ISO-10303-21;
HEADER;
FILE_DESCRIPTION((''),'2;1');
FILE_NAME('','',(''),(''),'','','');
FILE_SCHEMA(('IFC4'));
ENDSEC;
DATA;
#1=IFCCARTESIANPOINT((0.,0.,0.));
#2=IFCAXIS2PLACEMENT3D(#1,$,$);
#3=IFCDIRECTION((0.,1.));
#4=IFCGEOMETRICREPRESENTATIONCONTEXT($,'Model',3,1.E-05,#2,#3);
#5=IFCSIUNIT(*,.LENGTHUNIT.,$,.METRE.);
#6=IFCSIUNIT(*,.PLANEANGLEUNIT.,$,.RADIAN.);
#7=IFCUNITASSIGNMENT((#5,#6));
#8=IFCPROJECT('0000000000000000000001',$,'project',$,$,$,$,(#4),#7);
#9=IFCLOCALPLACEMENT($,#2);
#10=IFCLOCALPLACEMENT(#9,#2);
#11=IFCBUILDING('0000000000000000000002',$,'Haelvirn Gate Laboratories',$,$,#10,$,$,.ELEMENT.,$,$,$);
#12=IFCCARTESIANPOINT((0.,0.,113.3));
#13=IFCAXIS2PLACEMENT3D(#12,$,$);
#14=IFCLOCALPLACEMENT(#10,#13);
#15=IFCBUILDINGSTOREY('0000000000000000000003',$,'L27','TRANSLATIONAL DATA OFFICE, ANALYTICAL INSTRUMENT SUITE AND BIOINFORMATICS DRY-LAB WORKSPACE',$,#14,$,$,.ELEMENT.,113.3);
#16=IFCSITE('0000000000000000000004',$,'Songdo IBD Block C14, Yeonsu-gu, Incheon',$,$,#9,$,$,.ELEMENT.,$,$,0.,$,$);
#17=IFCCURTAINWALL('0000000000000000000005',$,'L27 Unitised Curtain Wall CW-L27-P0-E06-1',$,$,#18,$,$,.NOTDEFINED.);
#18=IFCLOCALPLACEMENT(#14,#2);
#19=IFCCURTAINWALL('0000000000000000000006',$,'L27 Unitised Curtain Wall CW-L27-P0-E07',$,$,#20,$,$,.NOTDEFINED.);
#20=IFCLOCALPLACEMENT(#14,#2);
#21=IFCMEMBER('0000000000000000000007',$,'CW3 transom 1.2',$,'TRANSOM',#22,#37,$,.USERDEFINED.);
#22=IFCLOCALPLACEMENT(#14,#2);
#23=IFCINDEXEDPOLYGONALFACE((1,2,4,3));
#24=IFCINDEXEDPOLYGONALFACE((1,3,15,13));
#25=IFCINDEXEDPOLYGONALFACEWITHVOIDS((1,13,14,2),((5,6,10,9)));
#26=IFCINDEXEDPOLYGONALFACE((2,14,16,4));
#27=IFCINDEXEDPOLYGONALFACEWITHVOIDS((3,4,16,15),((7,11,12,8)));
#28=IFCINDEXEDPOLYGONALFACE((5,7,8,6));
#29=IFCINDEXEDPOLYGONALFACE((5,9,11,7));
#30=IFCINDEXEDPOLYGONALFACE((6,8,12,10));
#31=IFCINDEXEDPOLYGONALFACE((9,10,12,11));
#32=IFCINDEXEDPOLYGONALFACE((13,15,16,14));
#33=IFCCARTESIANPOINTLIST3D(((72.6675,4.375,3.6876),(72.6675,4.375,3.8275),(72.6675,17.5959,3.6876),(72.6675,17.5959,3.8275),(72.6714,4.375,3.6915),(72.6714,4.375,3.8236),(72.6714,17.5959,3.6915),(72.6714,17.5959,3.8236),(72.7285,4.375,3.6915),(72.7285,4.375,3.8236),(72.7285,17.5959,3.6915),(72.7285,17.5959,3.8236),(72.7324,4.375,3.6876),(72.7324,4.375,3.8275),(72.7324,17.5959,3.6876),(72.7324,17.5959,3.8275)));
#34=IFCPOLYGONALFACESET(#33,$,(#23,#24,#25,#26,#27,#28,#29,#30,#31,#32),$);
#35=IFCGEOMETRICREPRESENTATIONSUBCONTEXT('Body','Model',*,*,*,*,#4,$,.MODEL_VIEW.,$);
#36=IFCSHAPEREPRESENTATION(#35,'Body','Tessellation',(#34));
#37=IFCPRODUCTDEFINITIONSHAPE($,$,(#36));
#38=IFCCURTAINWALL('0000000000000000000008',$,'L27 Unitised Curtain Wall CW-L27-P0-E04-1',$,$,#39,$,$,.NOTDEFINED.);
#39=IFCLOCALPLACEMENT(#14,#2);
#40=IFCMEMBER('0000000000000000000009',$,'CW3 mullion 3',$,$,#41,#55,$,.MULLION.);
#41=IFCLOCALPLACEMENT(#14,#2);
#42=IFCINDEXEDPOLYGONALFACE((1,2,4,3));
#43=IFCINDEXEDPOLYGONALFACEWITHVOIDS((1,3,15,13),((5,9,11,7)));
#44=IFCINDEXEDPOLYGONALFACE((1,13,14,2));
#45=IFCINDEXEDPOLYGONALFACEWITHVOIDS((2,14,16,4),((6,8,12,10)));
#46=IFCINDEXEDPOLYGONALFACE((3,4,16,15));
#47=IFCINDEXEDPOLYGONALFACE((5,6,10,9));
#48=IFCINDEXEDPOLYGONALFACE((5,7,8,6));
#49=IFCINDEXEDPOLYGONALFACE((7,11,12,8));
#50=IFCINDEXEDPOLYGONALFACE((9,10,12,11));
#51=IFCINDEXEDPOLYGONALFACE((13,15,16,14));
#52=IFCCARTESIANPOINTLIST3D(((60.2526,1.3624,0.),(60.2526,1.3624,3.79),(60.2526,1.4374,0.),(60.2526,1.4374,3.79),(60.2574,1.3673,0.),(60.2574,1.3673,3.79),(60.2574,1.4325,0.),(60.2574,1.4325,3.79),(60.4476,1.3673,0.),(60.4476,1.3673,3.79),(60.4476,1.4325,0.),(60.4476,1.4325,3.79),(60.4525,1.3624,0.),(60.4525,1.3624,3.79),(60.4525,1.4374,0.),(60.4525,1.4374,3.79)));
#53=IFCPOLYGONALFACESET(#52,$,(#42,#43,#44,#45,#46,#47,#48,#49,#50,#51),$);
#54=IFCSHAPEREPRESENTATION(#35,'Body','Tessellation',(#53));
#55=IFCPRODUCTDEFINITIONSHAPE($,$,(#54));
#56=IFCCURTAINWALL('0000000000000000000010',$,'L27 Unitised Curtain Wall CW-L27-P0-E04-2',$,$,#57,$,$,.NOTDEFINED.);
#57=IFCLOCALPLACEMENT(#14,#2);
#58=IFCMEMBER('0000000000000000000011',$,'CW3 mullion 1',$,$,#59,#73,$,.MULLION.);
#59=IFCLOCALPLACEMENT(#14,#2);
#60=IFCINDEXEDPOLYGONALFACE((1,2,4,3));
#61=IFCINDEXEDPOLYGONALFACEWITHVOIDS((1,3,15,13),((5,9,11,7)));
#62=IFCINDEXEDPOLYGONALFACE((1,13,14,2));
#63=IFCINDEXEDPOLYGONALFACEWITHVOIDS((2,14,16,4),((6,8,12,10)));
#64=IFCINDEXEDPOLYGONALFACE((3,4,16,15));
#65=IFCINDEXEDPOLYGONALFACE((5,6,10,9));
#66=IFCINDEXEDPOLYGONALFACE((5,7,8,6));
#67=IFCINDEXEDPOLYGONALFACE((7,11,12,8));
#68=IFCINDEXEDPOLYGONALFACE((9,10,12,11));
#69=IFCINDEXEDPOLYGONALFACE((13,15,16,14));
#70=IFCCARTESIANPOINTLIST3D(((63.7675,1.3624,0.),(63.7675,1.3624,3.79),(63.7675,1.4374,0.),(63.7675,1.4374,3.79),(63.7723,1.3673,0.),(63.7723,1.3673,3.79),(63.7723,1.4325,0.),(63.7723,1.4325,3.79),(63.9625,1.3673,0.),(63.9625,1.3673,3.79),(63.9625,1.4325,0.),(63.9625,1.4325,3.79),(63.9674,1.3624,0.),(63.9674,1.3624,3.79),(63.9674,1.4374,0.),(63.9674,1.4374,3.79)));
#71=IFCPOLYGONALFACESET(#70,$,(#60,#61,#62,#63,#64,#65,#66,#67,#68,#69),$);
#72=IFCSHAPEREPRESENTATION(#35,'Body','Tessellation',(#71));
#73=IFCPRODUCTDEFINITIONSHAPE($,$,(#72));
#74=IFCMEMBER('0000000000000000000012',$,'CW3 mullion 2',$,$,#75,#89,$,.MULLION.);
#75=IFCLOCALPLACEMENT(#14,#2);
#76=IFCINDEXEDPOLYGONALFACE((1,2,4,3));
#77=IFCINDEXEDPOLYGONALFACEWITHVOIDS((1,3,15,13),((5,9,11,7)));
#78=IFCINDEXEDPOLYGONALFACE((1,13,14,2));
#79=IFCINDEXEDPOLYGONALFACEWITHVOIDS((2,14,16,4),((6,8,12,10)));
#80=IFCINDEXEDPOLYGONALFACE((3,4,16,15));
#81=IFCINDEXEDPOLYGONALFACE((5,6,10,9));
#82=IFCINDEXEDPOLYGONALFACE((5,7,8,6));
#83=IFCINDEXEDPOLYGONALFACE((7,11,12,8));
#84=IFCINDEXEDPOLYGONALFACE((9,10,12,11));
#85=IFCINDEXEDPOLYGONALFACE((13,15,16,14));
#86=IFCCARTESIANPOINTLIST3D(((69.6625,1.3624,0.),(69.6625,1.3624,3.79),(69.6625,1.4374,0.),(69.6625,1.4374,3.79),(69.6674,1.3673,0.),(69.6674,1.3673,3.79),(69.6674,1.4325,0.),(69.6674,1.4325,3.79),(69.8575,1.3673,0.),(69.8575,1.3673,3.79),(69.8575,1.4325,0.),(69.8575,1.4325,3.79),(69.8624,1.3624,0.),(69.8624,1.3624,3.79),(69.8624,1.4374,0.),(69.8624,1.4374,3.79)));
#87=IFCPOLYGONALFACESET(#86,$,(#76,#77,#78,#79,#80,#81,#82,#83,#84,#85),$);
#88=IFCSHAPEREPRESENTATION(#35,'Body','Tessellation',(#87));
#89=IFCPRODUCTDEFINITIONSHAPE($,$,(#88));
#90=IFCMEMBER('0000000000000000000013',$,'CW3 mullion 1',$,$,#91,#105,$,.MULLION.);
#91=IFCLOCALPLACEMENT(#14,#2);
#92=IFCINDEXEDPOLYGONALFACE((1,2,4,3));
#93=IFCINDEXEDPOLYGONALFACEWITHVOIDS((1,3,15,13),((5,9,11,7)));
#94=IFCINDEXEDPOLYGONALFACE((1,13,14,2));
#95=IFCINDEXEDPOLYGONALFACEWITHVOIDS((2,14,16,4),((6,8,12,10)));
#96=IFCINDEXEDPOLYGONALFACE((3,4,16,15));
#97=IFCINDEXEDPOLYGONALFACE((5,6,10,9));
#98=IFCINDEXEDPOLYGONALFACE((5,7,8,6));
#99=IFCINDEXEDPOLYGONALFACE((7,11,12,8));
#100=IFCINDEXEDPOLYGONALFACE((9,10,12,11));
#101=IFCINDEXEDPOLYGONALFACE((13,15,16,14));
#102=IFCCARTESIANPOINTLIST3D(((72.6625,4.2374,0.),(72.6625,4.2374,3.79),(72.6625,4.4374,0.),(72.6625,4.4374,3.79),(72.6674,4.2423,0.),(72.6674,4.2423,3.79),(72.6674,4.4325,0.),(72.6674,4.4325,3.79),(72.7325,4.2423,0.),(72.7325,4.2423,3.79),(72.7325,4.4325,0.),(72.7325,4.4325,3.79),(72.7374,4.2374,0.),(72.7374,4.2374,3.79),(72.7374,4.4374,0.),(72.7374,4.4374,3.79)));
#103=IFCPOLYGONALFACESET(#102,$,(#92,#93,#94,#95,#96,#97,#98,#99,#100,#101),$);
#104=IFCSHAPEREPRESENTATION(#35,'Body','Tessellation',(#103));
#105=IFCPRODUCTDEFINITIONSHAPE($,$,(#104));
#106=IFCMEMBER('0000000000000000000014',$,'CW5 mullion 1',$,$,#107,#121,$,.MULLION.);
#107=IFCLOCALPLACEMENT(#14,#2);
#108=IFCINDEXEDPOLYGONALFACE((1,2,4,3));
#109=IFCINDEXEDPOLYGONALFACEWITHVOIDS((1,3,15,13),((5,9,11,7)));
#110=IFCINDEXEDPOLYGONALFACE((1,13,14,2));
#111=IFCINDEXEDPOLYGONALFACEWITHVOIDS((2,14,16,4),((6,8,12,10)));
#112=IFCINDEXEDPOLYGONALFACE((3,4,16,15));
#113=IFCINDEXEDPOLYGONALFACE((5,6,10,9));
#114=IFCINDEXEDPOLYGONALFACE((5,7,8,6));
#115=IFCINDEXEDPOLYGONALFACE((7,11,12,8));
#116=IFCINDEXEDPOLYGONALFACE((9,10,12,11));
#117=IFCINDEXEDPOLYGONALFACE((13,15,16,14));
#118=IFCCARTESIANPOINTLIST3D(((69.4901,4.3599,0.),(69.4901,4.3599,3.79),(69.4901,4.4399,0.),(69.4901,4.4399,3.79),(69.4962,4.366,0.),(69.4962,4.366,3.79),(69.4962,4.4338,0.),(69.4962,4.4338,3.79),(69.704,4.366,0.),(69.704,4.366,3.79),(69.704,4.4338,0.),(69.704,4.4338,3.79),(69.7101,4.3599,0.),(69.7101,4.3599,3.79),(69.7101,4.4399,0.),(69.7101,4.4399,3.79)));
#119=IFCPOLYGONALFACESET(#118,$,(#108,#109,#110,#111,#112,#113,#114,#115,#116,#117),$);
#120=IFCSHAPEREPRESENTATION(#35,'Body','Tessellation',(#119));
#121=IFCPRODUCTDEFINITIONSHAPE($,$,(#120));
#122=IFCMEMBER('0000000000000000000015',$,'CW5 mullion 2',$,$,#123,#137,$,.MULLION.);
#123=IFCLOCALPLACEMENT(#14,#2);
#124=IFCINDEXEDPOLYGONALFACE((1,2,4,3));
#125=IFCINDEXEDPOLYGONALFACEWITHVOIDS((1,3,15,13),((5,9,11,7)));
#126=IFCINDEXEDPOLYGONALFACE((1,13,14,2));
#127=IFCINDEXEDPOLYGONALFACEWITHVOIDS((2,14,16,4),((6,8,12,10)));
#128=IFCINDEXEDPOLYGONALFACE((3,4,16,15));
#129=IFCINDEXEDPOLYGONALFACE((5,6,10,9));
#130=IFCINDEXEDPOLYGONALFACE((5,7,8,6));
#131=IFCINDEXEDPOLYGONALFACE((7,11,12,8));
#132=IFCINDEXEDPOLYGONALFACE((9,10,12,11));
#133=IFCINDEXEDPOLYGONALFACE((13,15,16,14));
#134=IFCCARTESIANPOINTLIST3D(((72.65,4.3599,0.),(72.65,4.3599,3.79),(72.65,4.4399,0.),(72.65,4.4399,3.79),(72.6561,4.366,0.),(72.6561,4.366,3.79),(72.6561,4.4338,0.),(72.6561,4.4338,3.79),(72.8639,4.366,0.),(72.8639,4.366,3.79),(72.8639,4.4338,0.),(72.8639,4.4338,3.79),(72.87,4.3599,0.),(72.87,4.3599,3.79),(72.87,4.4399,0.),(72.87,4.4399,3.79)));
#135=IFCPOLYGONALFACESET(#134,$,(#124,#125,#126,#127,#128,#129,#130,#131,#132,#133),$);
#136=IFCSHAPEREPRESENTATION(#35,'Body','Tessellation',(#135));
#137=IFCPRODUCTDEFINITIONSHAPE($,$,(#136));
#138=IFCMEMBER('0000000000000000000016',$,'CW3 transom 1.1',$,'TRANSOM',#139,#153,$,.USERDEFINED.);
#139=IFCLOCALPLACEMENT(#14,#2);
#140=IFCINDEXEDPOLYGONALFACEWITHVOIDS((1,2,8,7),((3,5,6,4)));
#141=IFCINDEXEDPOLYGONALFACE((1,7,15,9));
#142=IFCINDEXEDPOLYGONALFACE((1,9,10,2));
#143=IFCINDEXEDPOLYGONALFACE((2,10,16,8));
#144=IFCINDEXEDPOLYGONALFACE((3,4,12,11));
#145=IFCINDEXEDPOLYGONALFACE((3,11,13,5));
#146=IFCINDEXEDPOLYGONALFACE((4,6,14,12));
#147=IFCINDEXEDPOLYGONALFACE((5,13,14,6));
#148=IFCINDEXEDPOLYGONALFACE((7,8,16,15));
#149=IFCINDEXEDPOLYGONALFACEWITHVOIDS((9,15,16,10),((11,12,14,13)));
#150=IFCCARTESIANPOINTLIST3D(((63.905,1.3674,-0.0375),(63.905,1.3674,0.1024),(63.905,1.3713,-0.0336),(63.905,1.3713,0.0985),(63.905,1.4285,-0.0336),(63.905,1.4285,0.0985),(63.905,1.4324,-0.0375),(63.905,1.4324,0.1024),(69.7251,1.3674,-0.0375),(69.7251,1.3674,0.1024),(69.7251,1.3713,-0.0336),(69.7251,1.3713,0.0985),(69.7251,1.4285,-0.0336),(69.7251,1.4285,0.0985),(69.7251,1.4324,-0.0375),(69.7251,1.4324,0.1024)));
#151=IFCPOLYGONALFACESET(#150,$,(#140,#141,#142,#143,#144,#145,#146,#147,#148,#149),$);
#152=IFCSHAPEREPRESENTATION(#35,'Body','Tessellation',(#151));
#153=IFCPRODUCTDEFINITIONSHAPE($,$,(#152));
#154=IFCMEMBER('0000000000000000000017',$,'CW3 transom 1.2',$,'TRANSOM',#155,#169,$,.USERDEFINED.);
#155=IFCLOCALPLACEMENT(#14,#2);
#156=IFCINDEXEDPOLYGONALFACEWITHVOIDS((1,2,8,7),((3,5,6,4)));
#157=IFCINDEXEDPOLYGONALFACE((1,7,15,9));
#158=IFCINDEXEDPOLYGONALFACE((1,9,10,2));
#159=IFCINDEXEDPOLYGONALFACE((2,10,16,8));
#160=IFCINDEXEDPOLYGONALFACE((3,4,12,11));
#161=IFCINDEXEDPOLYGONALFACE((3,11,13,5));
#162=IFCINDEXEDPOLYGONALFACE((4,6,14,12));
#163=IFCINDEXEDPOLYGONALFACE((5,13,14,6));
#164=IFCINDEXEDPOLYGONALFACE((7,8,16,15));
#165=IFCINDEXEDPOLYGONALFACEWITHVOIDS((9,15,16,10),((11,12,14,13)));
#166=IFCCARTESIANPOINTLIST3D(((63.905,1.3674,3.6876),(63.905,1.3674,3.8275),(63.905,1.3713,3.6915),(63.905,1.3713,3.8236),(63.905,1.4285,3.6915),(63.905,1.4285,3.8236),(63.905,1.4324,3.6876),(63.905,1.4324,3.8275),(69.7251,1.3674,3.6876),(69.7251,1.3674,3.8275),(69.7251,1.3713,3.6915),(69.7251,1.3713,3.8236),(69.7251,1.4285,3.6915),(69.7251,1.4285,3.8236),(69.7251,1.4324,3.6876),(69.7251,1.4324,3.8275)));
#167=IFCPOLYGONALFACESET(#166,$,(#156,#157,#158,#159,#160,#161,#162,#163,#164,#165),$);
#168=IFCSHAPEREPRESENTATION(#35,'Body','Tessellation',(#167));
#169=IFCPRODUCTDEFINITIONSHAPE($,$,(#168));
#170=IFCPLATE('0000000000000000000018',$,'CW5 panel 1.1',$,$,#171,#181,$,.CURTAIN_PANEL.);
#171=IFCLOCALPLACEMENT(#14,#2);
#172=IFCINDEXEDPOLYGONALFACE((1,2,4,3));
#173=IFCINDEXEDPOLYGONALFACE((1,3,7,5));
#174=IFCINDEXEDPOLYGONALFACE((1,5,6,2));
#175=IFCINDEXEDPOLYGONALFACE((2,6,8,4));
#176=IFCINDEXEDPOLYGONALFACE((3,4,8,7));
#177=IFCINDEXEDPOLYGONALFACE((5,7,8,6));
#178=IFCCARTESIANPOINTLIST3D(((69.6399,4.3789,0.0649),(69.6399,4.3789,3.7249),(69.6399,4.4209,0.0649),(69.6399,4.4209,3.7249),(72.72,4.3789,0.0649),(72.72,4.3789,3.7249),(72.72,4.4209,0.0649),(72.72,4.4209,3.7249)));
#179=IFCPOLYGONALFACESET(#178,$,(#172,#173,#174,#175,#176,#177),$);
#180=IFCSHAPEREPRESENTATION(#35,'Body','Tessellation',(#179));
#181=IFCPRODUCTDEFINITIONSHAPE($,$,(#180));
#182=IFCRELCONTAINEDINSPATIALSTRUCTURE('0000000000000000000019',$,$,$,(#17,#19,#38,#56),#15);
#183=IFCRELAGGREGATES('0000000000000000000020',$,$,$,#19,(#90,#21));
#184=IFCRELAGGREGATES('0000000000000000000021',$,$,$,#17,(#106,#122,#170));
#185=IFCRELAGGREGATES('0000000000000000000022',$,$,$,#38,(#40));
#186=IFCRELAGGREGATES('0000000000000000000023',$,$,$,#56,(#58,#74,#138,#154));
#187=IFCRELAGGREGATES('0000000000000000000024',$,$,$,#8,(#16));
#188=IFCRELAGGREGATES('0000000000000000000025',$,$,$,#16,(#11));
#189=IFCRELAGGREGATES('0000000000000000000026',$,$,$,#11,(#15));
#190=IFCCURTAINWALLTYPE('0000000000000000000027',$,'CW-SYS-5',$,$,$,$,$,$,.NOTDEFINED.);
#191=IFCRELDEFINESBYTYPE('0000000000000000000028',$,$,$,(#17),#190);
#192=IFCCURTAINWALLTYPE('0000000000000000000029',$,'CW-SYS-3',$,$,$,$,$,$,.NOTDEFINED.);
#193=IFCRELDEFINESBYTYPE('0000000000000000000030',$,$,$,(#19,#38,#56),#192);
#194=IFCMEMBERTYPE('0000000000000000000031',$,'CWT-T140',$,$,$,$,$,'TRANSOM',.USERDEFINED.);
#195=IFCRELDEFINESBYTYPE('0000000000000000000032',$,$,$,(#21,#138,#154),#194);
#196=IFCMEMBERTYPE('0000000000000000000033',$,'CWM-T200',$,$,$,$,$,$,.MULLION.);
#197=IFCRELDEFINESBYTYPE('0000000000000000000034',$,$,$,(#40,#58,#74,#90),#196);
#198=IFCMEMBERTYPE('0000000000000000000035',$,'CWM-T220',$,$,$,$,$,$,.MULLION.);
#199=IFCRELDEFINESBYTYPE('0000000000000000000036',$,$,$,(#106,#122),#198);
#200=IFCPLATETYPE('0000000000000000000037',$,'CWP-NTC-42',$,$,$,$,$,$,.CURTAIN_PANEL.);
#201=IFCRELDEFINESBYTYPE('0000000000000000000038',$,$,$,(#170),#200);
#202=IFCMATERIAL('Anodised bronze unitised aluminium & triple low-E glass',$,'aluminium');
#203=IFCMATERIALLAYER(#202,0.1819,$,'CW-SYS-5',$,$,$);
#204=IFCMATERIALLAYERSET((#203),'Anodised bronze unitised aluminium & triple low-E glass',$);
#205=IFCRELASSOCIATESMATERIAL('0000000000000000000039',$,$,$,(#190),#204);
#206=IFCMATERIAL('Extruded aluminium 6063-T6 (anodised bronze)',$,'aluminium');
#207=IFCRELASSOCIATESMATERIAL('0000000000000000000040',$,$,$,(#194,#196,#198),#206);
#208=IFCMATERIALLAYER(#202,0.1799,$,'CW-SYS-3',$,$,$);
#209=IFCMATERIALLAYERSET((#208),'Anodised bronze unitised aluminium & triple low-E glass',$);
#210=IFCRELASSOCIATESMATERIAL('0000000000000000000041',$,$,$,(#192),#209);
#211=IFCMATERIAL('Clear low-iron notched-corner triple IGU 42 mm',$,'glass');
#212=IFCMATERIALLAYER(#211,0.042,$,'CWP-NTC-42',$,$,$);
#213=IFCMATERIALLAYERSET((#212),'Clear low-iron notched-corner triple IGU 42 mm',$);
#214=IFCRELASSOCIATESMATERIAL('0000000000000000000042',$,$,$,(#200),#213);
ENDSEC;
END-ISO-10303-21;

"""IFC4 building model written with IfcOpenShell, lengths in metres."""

from ifc_helpers import new_model, si_unit, direction, frame, origin, origin_2d, place, context, subcontext, project, spatial, rectangle, hollow_rectangle, extrude, source, transform, mapped, material, layer, layer_set, material_profile, profile_set, type_object, type_shapes, element, aggregate, save


model = new_model("IFC4")

# Units and contexts
model_context = context("Model", 3, precision=1e-05, world=origin(), true_north=direction((0.0, 1.0)))
body_context = subcontext(model_context, "Body", "Model", "MODEL_VIEW")
ifc_project = project(units=[si_unit("LENGTHUNIT", "METRE"), si_unit("PLANEANGLEUNIT", "RADIAN")], contexts=[model_context])

# Site, building, storey
site_placement = place(None, origin())
site = spatial("IfcSite", under=ifc_project, at=site_placement, Name="Songdo IBD Block C14, Yeonsu-gu, Incheon", CompositionType="ELEMENT", RefElevation=0.0)
building_placement = place(site_placement, origin())
building = spatial("IfcBuilding", under=site, at=building_placement, Name="Haelvirn Gate Laboratories", CompositionType="ELEMENT")
storey_placement = place(building_placement, frame((0.0, 0.0, 113.3)))
storey = spatial("IfcBuildingStorey", under=building, at=storey_placement, Name="L27", Description="TRANSLATIONAL DATA OFFICE, ANALYTICAL INSTRUMENT SUITE AND BIOINFORMATICS DRY-LAB WORKSPACE", CompositionType="ELEMENT", Elevation=113.3)

# Curtain walls, member
ifc_material_1 = material(Name="Anodised bronze unitised aluminium & triple low-E glass", Category="aluminium")
ifc_layer_1 = layer(ifc_material_1, 0.1819, Name="CW-SYS-5")
ifc_layer_set_1 = layer_set([ifc_layer_1], Name="Anodised bronze unitised aluminium & triple low-E glass")
curtain_wall_type_1 = type_object("IfcCurtainWallType", Name="CW-SYS-5", PredefinedType="NOTDEFINED", material=ifc_layer_set_1)
curtain_wall_1_placement = place(storey_placement, origin())
curtain_wall_1 = element("IfcCurtainWall", 1, at=curtain_wall_1_placement, inside=storey, type_object=curtain_wall_type_1, Name="L27 Unitised Curtain Wall CW-L27-P0-E06-1", PredefinedType="NOTDEFINED")
ifc_material_2 = material(Name="Extruded aluminium 6063-T6 (anodised bronze)", Category="aluminium")
ifc_material_profile_1 = material_profile(ifc_material_2, hollow_rectangle(XDim=0.0649, YDim=0.1399, WallThickness=0.0039, at=origin_2d()), Name="CWT-140x65x4")
ifc_profile_set_1 = profile_set([ifc_material_profile_1], Name="Extruded aluminium 6063-T6 (anodised bronze)")
member_type_1 = type_object("IfcMemberType", Name="CWT-T140", ElementType="TRANSOM", PredefinedType="USERDEFINED", material=ifc_profile_set_1)
ifc_layer_2 = layer(ifc_material_1, 0.1799, Name="CW-SYS-3")
ifc_layer_set_2 = layer_set([ifc_layer_2], Name="Anodised bronze unitised aluminium & triple low-E glass")
curtain_wall_type_2 = type_object("IfcCurtainWallType", Name="CW-SYS-3", PredefinedType="NOTDEFINED", material=ifc_layer_set_2)
curtain_wall_2_placement = place(storey_placement, origin())
curtain_wall_2 = element("IfcCurtainWall", 2, at=curtain_wall_2_placement, inside=storey, type_object=curtain_wall_type_2, Name="L27 Unitised Curtain Wall CW-L27-P0-E07", PredefinedType="NOTDEFINED")
shared_shape_1 = source(origin(), body_context, "Body", "SweptSolid", [
    extrude(hollow_rectangle(XDim=0.0649, YDim=0.1399, WallThickness=0.0039, at=origin_2d()), origin(), (0.0, 0.0, 1.0), 13.2209),
])
member_1_placement = place(storey_placement, frame((72.7, 4.375, 3.7576), z_axis=(0.0, 1.0, 0.0), x_axis=(-1.0, 0.0, 0.0)))
member_1 = element("IfcMember", 3, at=member_1_placement, type_object=member_type_1, Name="CW3 transom 1.2", ObjectType="TRANSOM", PredefinedType="USERDEFINED", context=body_context, shape_type="MappedRepresentation", body=[
    mapped(shared_shape_1, transform((0.0, 0.0, 0.0), scale=1.0)),
])

# Curtain wall, member
curtain_wall_3_placement = place(storey_placement, origin())
curtain_wall_3 = element("IfcCurtainWall", 4, at=curtain_wall_3_placement, inside=storey, type_object=curtain_wall_type_2, Name="L27 Unitised Curtain Wall CW-L27-P0-E04-1", PredefinedType="NOTDEFINED")
ifc_material_profile_2 = material_profile(ifc_material_2, hollow_rectangle(XDim=0.075, YDim=0.2, WallThickness=0.0049, at=origin_2d()), Name="CWM-200x75x5")
ifc_profile_set_2 = profile_set([ifc_material_profile_2], Name="Extruded aluminium 6063-T6 (anodised bronze)")
member_type_2 = type_object("IfcMemberType", Name="CWM-T200", PredefinedType="MULLION", material=ifc_profile_set_2)
shared_shape_2 = source(origin(), body_context, "Body", "SweptSolid", [
    extrude(hollow_rectangle(XDim=0.075, YDim=0.2, WallThickness=0.0049, at=origin_2d()), origin(), (0.0, 0.0, 1.0), 3.79),
])
type_shapes(member_type_2, [shared_shape_2])
member_2_placement = place(storey_placement, frame((60.3525, 1.3999, 0.0), z_axis=(0.0, 0.0, 1.0), x_axis=(0.0, 1.0, 0.0)))
member_2 = element("IfcMember", 5, at=member_2_placement, type_object=member_type_2, Name="CW3 mullion 3", PredefinedType="MULLION", context=body_context, shape_type="MappedRepresentation", body=[
    mapped(shared_shape_2, transform((0.0, 0.0, 0.0), scale=1.0)),
])

# Curtain wall, members
curtain_wall_4_placement = place(storey_placement, origin())
curtain_wall_4 = element("IfcCurtainWall", 6, at=curtain_wall_4_placement, inside=storey, type_object=curtain_wall_type_2, Name="L27 Unitised Curtain Wall CW-L27-P0-E04-2", PredefinedType="NOTDEFINED")
member_3_placement = place(storey_placement, frame((63.8674, 1.3999, 0.0), z_axis=(0.0, 0.0, 1.0), x_axis=(0.0, 1.0, 0.0)))
member_3 = element("IfcMember", 7, at=member_3_placement, type_object=member_type_2, Name="CW3 mullion 1", PredefinedType="MULLION", context=body_context, shape_type="MappedRepresentation", body=[
    mapped(shared_shape_2, transform((0.0, 0.0, 0.0), scale=1.0)),
])
member_4_placement = place(storey_placement, frame((69.7625, 1.3999, 0.0), z_axis=(0.0, 0.0, 1.0), x_axis=(0.0, 1.0, 0.0)))
member_4 = element("IfcMember", 8, at=member_4_placement, type_object=member_type_2, Name="CW3 mullion 2", PredefinedType="MULLION", context=body_context, shape_type="MappedRepresentation", body=[
    mapped(shared_shape_2, transform((0.0, 0.0, 0.0), scale=1.0)),
])

# Members
member_5_placement = place(storey_placement, frame((72.7, 4.3374, 0.0), z_axis=(0.0, 0.0, 1.0), x_axis=(-1.0, 0.0, 0.0)))
member_5 = element("IfcMember", 9, at=member_5_placement, type_object=member_type_2, Name="CW3 mullion 1", PredefinedType="MULLION", context=body_context, shape_type="MappedRepresentation", body=[
    mapped(shared_shape_2, transform((0.0, 0.0, 0.0), scale=1.0)),
])
aggregate(curtain_wall_2, [member_5, member_1])
ifc_material_profile_3 = material_profile(ifc_material_2, hollow_rectangle(XDim=0.0801, YDim=0.22, WallThickness=0.0061, at=origin_2d()), Name="CWM-220x80x6")
ifc_profile_set_3 = profile_set([ifc_material_profile_3], Name="Extruded aluminium 6063-T6 (anodised bronze)")
member_type_3 = type_object("IfcMemberType", Name="CWM-T220", PredefinedType="MULLION", material=ifc_profile_set_3)
shared_shape_3 = source(origin(), body_context, "Body", "SweptSolid", [
    extrude(hollow_rectangle(XDim=0.0801, YDim=0.22, WallThickness=0.0061, at=origin_2d()), origin(), (0.0, 0.0, 1.0), 3.79),
])
type_shapes(member_type_3, [shared_shape_3])
member_6_placement = place(storey_placement, frame((69.6001, 4.3999, 0.0), z_axis=(0.0, 0.0, 1.0), x_axis=(0.0, 1.0, 0.0)))
member_6 = element("IfcMember", 10, at=member_6_placement, type_object=member_type_3, Name="CW5 mullion 1", PredefinedType="MULLION", context=body_context, shape_type="MappedRepresentation", body=[
    mapped(shared_shape_3, transform((0.0, 0.0, 0.0), scale=1.0)),
])
member_7_placement = place(storey_placement, frame((72.76, 4.3999, 0.0), z_axis=(0.0, 0.0, 1.0), x_axis=(0.0, 1.0, 0.0)))
member_7 = element("IfcMember", 11, at=member_7_placement, type_object=member_type_3, Name="CW5 mullion 2", PredefinedType="MULLION", context=body_context, shape_type="MappedRepresentation", body=[
    mapped(shared_shape_3, transform((0.0, 0.0, 0.0), scale=1.0)),
])
shared_shape_4 = source(origin(), body_context, "Body", "SweptSolid", [
    extrude(hollow_rectangle(XDim=0.0649, YDim=0.1399, WallThickness=0.0039, at=origin_2d()), origin(), (0.0, 0.0, 1.0), 5.8201),
])
member_8_placement = place(storey_placement, frame((63.905, 1.3999, 0.0325), z_axis=(1.0, 0.0, 0.0), x_axis=(0.0, 1.0, 0.0)))
member_8 = element("IfcMember", 12, at=member_8_placement, type_object=member_type_1, Name="CW3 transom 1.1", ObjectType="TRANSOM", PredefinedType="USERDEFINED", context=body_context, shape_type="MappedRepresentation", body=[
    mapped(shared_shape_4, transform((0.0, 0.0, 0.0), scale=1.0)),
])
member_9_placement = place(storey_placement, frame((63.905, 1.3999, 3.7576), z_axis=(1.0, 0.0, 0.0), x_axis=(0.0, 1.0, 0.0)))
member_9 = element("IfcMember", 13, at=member_9_placement, type_object=member_type_1, Name="CW3 transom 1.2", ObjectType="TRANSOM", PredefinedType="USERDEFINED", context=body_context, shape_type="MappedRepresentation", body=[
    mapped(shared_shape_4, transform((0.0, 0.0, 0.0), scale=1.0)),
])

# Plate
ifc_material_3 = material(Name="Clear low-iron notched-corner triple IGU 42 mm", Category="glass")
ifc_layer_3 = layer(ifc_material_3, 0.042, Name="CWP-NTC-42")
ifc_layer_set_3 = layer_set([ifc_layer_3], Name="Clear low-iron notched-corner triple IGU 42 mm")
plate_type_1 = type_object("IfcPlateType", Name="CWP-NTC-42", PredefinedType="CURTAIN_PANEL", material=ifc_layer_set_3)
shared_shape_5 = source(origin(), body_context, "Body", "SweptSolid", [
    extrude(rectangle(XDim=3.0801, YDim=0.042, at=origin_2d()), origin(), (0.0, 0.0, 1.0), 3.6599),
])
type_shapes(plate_type_1, [shared_shape_5])
plate_1_placement = place(storey_placement, frame((71.1799, 4.3999, 0.0649), z_axis=(0.0, 0.0, 1.0), x_axis=(1.0, 0.0, 0.0)))
plate_1 = element("IfcPlate", 14, at=plate_1_placement, type_object=plate_type_1, Name="CW5 panel 1.1", PredefinedType="CURTAIN_PANEL", context=body_context, shape_type="MappedRepresentation", body=[
    mapped(shared_shape_5, transform((0.0, 0.0, 0.0), scale=1.0)),
])
aggregate(curtain_wall_1, [member_6, member_7, plate_1])
aggregate(curtain_wall_3, [member_2])
aggregate(curtain_wall_4, [member_3, member_4, member_8, member_9])

save(model, "model.ifc")
